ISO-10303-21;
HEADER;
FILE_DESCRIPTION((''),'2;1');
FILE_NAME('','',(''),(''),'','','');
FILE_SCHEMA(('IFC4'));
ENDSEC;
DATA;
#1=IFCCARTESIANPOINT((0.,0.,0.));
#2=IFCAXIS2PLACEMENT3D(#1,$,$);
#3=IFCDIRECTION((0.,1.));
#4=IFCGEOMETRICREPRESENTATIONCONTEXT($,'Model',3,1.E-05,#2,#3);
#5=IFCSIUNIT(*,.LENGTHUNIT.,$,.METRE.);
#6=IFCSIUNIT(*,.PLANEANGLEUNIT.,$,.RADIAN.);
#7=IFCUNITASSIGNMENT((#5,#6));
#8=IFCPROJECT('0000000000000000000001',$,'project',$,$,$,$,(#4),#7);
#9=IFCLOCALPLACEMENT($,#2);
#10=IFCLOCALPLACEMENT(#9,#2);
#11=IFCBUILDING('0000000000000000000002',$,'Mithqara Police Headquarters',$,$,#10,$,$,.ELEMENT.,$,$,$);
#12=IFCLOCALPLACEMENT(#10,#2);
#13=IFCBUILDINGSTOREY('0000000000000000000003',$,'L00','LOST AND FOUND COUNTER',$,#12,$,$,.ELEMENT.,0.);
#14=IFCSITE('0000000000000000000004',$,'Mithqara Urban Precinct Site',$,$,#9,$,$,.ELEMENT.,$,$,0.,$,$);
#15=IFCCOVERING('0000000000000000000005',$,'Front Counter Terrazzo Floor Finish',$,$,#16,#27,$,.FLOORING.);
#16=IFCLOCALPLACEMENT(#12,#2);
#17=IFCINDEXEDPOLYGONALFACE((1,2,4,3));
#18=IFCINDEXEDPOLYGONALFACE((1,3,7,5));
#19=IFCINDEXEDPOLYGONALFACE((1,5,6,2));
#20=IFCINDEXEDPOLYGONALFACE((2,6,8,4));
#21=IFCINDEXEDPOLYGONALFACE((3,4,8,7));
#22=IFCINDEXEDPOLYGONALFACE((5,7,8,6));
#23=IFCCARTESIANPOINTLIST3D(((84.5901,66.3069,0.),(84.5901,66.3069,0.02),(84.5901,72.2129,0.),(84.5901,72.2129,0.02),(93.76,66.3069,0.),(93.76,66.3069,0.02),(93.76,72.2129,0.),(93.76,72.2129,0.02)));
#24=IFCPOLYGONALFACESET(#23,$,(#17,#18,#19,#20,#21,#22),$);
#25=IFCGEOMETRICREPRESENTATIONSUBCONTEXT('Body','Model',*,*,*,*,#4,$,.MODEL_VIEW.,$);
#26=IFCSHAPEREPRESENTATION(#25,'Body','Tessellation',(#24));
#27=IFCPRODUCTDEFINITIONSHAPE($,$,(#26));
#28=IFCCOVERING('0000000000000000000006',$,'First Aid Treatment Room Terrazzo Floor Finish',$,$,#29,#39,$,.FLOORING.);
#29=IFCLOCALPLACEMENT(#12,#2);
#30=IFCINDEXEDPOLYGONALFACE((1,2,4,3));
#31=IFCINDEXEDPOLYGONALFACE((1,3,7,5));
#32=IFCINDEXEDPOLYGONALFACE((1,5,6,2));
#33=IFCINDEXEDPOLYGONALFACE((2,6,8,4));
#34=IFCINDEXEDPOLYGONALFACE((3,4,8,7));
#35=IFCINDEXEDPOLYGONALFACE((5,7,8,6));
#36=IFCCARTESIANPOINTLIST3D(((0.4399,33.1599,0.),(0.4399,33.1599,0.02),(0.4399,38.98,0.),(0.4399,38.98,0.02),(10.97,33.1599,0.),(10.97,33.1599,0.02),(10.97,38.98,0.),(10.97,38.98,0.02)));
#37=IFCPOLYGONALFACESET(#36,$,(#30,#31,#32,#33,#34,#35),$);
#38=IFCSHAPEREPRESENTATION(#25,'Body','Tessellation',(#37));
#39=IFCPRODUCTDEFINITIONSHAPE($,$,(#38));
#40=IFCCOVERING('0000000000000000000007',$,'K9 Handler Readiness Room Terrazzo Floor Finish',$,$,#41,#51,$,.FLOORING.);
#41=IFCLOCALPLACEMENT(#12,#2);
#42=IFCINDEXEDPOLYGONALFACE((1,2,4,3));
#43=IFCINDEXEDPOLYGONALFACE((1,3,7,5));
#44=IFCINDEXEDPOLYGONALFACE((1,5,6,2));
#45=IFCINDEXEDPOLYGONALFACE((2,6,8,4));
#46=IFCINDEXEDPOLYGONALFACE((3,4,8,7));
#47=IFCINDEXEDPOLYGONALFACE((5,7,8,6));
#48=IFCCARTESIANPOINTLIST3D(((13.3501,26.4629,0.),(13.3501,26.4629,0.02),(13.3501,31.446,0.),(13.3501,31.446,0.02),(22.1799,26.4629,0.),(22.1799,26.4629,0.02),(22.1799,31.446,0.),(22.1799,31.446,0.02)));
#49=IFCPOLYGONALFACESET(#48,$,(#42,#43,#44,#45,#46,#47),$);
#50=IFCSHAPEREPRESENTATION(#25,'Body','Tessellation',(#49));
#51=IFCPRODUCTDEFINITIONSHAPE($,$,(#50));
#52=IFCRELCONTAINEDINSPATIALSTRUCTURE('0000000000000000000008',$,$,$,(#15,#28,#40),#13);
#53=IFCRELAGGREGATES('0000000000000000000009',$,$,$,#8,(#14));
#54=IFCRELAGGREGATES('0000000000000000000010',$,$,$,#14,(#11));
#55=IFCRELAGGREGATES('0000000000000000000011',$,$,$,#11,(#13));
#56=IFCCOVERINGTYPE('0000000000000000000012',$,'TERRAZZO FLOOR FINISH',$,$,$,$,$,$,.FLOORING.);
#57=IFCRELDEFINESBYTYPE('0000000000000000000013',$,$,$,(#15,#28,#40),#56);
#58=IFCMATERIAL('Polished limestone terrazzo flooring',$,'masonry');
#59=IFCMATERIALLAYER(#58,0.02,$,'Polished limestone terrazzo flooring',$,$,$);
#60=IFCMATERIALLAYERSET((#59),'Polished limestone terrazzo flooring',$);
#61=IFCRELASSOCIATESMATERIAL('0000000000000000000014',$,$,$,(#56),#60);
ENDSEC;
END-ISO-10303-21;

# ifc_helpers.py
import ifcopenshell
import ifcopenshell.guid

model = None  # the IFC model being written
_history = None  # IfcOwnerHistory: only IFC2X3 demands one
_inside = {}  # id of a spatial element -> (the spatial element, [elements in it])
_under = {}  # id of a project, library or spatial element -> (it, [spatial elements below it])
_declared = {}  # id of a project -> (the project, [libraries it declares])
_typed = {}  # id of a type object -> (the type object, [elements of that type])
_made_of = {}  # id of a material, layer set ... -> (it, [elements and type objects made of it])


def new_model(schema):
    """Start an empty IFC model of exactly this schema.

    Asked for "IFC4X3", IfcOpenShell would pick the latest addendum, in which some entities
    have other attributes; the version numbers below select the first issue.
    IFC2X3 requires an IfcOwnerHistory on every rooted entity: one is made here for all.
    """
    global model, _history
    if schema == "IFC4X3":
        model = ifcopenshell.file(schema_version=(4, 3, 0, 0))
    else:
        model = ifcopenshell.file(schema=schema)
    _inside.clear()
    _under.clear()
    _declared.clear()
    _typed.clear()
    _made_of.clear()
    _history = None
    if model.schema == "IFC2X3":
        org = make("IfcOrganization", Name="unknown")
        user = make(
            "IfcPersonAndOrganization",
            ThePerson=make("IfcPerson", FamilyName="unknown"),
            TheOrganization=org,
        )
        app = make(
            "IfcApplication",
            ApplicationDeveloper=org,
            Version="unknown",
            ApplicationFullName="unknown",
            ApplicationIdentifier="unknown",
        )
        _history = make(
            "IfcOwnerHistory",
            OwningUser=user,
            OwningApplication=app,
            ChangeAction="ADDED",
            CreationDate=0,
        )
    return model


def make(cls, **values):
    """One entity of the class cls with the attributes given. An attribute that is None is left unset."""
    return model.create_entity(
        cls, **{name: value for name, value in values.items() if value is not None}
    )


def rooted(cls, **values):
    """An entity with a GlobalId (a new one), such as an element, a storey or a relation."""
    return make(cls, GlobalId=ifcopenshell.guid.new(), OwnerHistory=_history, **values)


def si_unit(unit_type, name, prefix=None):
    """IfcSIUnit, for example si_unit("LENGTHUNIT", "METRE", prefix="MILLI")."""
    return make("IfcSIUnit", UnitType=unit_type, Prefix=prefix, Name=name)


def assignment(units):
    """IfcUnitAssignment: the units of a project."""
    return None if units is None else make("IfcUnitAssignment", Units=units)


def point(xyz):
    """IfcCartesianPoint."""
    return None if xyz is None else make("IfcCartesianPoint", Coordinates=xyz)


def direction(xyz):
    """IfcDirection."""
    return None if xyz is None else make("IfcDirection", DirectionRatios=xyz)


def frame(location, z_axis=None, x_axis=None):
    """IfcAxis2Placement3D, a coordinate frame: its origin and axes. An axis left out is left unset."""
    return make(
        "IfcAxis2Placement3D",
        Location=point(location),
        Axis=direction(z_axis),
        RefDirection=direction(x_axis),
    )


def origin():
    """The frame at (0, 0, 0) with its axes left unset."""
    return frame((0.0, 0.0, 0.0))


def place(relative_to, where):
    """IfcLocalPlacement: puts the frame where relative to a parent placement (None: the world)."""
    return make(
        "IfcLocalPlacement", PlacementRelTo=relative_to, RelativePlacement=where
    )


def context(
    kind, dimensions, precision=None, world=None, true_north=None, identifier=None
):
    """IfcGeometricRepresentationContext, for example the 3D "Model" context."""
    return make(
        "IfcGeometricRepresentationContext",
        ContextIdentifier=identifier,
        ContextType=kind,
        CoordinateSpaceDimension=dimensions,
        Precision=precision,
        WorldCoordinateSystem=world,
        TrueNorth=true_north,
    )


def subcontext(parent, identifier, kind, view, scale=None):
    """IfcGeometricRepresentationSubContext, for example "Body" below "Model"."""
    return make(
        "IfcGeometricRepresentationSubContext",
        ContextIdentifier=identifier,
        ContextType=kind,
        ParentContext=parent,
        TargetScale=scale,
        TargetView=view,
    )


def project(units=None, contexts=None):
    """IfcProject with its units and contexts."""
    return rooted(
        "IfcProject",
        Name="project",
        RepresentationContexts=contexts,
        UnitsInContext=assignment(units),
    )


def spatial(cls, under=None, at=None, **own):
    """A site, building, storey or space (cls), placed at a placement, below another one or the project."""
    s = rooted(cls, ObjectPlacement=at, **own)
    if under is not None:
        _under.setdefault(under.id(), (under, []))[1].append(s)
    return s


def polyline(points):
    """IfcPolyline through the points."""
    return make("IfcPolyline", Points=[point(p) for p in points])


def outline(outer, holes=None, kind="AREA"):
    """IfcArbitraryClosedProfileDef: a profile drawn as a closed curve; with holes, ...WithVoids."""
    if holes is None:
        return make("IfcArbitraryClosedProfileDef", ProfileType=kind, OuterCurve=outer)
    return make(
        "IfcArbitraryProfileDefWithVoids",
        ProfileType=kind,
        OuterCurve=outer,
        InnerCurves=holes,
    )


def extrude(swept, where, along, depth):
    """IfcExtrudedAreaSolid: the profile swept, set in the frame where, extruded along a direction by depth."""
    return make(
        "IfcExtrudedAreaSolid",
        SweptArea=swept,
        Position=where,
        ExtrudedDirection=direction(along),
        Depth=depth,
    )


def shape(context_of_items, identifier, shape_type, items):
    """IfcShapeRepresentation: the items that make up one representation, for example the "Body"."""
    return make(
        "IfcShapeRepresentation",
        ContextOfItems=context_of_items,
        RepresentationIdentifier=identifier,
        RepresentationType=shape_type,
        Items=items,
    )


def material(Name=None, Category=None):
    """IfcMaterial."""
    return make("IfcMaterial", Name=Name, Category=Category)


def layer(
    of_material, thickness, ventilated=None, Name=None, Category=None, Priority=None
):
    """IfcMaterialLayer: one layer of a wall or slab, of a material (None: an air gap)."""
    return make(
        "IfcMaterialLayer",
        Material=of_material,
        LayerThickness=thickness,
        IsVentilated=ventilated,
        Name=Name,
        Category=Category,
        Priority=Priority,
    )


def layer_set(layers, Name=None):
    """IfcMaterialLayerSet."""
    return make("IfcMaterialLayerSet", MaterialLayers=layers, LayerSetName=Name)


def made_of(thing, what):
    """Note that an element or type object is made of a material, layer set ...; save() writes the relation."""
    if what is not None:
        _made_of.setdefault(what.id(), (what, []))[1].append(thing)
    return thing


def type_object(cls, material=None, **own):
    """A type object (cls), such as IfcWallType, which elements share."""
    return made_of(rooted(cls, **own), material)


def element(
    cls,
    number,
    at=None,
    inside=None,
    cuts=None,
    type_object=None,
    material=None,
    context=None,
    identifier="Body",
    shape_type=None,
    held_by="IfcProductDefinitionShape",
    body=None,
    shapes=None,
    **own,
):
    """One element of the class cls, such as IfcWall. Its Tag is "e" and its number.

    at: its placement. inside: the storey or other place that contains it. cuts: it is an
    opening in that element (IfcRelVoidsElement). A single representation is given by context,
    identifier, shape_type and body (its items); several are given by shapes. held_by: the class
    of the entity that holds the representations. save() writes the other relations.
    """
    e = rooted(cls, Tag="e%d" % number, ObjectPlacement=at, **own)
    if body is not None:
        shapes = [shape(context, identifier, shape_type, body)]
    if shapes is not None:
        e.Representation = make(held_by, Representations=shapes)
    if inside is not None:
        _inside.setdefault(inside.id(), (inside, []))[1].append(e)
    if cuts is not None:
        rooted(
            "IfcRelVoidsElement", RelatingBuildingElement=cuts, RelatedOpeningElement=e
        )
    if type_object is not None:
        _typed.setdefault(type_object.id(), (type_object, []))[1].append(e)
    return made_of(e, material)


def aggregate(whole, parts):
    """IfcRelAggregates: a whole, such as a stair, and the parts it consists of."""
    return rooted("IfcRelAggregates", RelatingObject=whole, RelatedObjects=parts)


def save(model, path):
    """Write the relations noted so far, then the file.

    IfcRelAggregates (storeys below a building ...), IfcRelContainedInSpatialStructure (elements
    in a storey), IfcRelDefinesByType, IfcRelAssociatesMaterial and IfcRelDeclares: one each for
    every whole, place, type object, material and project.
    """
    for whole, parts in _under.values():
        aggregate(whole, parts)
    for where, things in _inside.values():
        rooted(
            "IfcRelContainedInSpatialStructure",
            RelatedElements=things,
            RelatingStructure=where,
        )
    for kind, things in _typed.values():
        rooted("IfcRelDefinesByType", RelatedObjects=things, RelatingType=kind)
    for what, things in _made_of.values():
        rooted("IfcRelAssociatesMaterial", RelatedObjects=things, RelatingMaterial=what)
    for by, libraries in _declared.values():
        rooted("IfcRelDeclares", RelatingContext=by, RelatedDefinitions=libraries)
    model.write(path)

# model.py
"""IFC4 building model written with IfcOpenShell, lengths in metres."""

from ifc_helpers import new_model, si_unit, direction, origin, place, context, subcontext, project, spatial, polyline, outline, extrude, material, layer, layer_set, type_object, element, save


model = new_model("IFC4")

# Units and contexts
model_context = context("Model", 3, precision=1e-05, world=origin(), true_north=direction((0.0, 1.0)))
body_context = subcontext(model_context, "Body", "Model", "MODEL_VIEW")
ifc_project = project(units=[si_unit("LENGTHUNIT", "METRE"), si_unit("PLANEANGLEUNIT", "RADIAN")], contexts=[model_context])

# Site, building, storey
site_placement = place(None, origin())
site = spatial("IfcSite", under=ifc_project, at=site_placement, Name="Mithqara Urban Precinct Site", CompositionType="ELEMENT", RefElevation=0.0)
building_placement = place(site_placement, origin())
building = spatial("IfcBuilding", under=site, at=building_placement, Name="Mithqara Police Headquarters", CompositionType="ELEMENT")
storey_placement = place(building_placement, origin())
storey = spatial("IfcBuildingStorey", under=building, at=storey_placement, Name="L00", Description="LOST AND FOUND COUNTER", CompositionType="ELEMENT", Elevation=0.0)

# Coverings
ifc_material_1 = material(Name="Polished limestone terrazzo flooring", Category="masonry")
ifc_layer_1 = layer(ifc_material_1, 0.02, Name="Polished limestone terrazzo flooring")
ifc_layer_set_1 = layer_set([ifc_layer_1], Name="Polished limestone terrazzo flooring")
covering_type_1 = type_object("IfcCoveringType", Name="TERRAZZO FLOOR FINISH", PredefinedType="FLOORING", material=ifc_layer_set_1)
covering_1_placement = place(storey_placement, origin())
element("IfcCovering", 1, at=covering_1_placement, inside=storey, type_object=covering_type_1, Name="Front Counter Terrazzo Floor Finish", PredefinedType="FLOORING", context=body_context, shape_type="SweptSolid", body=[
    extrude(outline(polyline([(84.5901, 66.3069), (93.76, 66.3069), (93.76, 72.2129), (84.5901, 72.2129), (84.5901, 66.3069)])), origin(), (0.0, 0.0, 1.0), 0.02),
])
covering_2_placement = place(storey_placement, origin())
element("IfcCovering", 2, at=covering_2_placement, inside=storey, type_object=covering_type_1, Name="First Aid Treatment Room Terrazzo Floor Finish", PredefinedType="FLOORING", context=body_context, shape_type="SweptSolid", body=[
    extrude(outline(polyline([(0.4399, 33.1599), (10.97, 33.1599), (10.97, 38.98), (0.4399, 38.98), (0.4399, 33.1599)])), origin(), (0.0, 0.0, 1.0), 0.02),
])
covering_3_placement = place(storey_placement, origin())
element("IfcCovering", 3, at=covering_3_placement, inside=storey, type_object=covering_type_1, Name="K9 Handler Readiness Room Terrazzo Floor Finish", PredefinedType="FLOORING", context=body_context, shape_type="SweptSolid", body=[
    extrude(outline(polyline([(13.3501, 26.4629), (22.1799, 26.4629), (22.1799, 31.446), (13.3501, 31.446), (13.3501, 26.4629)])), origin(), (0.0, 0.0, 1.0), 0.02),
])

save(model, "model.ifc")
